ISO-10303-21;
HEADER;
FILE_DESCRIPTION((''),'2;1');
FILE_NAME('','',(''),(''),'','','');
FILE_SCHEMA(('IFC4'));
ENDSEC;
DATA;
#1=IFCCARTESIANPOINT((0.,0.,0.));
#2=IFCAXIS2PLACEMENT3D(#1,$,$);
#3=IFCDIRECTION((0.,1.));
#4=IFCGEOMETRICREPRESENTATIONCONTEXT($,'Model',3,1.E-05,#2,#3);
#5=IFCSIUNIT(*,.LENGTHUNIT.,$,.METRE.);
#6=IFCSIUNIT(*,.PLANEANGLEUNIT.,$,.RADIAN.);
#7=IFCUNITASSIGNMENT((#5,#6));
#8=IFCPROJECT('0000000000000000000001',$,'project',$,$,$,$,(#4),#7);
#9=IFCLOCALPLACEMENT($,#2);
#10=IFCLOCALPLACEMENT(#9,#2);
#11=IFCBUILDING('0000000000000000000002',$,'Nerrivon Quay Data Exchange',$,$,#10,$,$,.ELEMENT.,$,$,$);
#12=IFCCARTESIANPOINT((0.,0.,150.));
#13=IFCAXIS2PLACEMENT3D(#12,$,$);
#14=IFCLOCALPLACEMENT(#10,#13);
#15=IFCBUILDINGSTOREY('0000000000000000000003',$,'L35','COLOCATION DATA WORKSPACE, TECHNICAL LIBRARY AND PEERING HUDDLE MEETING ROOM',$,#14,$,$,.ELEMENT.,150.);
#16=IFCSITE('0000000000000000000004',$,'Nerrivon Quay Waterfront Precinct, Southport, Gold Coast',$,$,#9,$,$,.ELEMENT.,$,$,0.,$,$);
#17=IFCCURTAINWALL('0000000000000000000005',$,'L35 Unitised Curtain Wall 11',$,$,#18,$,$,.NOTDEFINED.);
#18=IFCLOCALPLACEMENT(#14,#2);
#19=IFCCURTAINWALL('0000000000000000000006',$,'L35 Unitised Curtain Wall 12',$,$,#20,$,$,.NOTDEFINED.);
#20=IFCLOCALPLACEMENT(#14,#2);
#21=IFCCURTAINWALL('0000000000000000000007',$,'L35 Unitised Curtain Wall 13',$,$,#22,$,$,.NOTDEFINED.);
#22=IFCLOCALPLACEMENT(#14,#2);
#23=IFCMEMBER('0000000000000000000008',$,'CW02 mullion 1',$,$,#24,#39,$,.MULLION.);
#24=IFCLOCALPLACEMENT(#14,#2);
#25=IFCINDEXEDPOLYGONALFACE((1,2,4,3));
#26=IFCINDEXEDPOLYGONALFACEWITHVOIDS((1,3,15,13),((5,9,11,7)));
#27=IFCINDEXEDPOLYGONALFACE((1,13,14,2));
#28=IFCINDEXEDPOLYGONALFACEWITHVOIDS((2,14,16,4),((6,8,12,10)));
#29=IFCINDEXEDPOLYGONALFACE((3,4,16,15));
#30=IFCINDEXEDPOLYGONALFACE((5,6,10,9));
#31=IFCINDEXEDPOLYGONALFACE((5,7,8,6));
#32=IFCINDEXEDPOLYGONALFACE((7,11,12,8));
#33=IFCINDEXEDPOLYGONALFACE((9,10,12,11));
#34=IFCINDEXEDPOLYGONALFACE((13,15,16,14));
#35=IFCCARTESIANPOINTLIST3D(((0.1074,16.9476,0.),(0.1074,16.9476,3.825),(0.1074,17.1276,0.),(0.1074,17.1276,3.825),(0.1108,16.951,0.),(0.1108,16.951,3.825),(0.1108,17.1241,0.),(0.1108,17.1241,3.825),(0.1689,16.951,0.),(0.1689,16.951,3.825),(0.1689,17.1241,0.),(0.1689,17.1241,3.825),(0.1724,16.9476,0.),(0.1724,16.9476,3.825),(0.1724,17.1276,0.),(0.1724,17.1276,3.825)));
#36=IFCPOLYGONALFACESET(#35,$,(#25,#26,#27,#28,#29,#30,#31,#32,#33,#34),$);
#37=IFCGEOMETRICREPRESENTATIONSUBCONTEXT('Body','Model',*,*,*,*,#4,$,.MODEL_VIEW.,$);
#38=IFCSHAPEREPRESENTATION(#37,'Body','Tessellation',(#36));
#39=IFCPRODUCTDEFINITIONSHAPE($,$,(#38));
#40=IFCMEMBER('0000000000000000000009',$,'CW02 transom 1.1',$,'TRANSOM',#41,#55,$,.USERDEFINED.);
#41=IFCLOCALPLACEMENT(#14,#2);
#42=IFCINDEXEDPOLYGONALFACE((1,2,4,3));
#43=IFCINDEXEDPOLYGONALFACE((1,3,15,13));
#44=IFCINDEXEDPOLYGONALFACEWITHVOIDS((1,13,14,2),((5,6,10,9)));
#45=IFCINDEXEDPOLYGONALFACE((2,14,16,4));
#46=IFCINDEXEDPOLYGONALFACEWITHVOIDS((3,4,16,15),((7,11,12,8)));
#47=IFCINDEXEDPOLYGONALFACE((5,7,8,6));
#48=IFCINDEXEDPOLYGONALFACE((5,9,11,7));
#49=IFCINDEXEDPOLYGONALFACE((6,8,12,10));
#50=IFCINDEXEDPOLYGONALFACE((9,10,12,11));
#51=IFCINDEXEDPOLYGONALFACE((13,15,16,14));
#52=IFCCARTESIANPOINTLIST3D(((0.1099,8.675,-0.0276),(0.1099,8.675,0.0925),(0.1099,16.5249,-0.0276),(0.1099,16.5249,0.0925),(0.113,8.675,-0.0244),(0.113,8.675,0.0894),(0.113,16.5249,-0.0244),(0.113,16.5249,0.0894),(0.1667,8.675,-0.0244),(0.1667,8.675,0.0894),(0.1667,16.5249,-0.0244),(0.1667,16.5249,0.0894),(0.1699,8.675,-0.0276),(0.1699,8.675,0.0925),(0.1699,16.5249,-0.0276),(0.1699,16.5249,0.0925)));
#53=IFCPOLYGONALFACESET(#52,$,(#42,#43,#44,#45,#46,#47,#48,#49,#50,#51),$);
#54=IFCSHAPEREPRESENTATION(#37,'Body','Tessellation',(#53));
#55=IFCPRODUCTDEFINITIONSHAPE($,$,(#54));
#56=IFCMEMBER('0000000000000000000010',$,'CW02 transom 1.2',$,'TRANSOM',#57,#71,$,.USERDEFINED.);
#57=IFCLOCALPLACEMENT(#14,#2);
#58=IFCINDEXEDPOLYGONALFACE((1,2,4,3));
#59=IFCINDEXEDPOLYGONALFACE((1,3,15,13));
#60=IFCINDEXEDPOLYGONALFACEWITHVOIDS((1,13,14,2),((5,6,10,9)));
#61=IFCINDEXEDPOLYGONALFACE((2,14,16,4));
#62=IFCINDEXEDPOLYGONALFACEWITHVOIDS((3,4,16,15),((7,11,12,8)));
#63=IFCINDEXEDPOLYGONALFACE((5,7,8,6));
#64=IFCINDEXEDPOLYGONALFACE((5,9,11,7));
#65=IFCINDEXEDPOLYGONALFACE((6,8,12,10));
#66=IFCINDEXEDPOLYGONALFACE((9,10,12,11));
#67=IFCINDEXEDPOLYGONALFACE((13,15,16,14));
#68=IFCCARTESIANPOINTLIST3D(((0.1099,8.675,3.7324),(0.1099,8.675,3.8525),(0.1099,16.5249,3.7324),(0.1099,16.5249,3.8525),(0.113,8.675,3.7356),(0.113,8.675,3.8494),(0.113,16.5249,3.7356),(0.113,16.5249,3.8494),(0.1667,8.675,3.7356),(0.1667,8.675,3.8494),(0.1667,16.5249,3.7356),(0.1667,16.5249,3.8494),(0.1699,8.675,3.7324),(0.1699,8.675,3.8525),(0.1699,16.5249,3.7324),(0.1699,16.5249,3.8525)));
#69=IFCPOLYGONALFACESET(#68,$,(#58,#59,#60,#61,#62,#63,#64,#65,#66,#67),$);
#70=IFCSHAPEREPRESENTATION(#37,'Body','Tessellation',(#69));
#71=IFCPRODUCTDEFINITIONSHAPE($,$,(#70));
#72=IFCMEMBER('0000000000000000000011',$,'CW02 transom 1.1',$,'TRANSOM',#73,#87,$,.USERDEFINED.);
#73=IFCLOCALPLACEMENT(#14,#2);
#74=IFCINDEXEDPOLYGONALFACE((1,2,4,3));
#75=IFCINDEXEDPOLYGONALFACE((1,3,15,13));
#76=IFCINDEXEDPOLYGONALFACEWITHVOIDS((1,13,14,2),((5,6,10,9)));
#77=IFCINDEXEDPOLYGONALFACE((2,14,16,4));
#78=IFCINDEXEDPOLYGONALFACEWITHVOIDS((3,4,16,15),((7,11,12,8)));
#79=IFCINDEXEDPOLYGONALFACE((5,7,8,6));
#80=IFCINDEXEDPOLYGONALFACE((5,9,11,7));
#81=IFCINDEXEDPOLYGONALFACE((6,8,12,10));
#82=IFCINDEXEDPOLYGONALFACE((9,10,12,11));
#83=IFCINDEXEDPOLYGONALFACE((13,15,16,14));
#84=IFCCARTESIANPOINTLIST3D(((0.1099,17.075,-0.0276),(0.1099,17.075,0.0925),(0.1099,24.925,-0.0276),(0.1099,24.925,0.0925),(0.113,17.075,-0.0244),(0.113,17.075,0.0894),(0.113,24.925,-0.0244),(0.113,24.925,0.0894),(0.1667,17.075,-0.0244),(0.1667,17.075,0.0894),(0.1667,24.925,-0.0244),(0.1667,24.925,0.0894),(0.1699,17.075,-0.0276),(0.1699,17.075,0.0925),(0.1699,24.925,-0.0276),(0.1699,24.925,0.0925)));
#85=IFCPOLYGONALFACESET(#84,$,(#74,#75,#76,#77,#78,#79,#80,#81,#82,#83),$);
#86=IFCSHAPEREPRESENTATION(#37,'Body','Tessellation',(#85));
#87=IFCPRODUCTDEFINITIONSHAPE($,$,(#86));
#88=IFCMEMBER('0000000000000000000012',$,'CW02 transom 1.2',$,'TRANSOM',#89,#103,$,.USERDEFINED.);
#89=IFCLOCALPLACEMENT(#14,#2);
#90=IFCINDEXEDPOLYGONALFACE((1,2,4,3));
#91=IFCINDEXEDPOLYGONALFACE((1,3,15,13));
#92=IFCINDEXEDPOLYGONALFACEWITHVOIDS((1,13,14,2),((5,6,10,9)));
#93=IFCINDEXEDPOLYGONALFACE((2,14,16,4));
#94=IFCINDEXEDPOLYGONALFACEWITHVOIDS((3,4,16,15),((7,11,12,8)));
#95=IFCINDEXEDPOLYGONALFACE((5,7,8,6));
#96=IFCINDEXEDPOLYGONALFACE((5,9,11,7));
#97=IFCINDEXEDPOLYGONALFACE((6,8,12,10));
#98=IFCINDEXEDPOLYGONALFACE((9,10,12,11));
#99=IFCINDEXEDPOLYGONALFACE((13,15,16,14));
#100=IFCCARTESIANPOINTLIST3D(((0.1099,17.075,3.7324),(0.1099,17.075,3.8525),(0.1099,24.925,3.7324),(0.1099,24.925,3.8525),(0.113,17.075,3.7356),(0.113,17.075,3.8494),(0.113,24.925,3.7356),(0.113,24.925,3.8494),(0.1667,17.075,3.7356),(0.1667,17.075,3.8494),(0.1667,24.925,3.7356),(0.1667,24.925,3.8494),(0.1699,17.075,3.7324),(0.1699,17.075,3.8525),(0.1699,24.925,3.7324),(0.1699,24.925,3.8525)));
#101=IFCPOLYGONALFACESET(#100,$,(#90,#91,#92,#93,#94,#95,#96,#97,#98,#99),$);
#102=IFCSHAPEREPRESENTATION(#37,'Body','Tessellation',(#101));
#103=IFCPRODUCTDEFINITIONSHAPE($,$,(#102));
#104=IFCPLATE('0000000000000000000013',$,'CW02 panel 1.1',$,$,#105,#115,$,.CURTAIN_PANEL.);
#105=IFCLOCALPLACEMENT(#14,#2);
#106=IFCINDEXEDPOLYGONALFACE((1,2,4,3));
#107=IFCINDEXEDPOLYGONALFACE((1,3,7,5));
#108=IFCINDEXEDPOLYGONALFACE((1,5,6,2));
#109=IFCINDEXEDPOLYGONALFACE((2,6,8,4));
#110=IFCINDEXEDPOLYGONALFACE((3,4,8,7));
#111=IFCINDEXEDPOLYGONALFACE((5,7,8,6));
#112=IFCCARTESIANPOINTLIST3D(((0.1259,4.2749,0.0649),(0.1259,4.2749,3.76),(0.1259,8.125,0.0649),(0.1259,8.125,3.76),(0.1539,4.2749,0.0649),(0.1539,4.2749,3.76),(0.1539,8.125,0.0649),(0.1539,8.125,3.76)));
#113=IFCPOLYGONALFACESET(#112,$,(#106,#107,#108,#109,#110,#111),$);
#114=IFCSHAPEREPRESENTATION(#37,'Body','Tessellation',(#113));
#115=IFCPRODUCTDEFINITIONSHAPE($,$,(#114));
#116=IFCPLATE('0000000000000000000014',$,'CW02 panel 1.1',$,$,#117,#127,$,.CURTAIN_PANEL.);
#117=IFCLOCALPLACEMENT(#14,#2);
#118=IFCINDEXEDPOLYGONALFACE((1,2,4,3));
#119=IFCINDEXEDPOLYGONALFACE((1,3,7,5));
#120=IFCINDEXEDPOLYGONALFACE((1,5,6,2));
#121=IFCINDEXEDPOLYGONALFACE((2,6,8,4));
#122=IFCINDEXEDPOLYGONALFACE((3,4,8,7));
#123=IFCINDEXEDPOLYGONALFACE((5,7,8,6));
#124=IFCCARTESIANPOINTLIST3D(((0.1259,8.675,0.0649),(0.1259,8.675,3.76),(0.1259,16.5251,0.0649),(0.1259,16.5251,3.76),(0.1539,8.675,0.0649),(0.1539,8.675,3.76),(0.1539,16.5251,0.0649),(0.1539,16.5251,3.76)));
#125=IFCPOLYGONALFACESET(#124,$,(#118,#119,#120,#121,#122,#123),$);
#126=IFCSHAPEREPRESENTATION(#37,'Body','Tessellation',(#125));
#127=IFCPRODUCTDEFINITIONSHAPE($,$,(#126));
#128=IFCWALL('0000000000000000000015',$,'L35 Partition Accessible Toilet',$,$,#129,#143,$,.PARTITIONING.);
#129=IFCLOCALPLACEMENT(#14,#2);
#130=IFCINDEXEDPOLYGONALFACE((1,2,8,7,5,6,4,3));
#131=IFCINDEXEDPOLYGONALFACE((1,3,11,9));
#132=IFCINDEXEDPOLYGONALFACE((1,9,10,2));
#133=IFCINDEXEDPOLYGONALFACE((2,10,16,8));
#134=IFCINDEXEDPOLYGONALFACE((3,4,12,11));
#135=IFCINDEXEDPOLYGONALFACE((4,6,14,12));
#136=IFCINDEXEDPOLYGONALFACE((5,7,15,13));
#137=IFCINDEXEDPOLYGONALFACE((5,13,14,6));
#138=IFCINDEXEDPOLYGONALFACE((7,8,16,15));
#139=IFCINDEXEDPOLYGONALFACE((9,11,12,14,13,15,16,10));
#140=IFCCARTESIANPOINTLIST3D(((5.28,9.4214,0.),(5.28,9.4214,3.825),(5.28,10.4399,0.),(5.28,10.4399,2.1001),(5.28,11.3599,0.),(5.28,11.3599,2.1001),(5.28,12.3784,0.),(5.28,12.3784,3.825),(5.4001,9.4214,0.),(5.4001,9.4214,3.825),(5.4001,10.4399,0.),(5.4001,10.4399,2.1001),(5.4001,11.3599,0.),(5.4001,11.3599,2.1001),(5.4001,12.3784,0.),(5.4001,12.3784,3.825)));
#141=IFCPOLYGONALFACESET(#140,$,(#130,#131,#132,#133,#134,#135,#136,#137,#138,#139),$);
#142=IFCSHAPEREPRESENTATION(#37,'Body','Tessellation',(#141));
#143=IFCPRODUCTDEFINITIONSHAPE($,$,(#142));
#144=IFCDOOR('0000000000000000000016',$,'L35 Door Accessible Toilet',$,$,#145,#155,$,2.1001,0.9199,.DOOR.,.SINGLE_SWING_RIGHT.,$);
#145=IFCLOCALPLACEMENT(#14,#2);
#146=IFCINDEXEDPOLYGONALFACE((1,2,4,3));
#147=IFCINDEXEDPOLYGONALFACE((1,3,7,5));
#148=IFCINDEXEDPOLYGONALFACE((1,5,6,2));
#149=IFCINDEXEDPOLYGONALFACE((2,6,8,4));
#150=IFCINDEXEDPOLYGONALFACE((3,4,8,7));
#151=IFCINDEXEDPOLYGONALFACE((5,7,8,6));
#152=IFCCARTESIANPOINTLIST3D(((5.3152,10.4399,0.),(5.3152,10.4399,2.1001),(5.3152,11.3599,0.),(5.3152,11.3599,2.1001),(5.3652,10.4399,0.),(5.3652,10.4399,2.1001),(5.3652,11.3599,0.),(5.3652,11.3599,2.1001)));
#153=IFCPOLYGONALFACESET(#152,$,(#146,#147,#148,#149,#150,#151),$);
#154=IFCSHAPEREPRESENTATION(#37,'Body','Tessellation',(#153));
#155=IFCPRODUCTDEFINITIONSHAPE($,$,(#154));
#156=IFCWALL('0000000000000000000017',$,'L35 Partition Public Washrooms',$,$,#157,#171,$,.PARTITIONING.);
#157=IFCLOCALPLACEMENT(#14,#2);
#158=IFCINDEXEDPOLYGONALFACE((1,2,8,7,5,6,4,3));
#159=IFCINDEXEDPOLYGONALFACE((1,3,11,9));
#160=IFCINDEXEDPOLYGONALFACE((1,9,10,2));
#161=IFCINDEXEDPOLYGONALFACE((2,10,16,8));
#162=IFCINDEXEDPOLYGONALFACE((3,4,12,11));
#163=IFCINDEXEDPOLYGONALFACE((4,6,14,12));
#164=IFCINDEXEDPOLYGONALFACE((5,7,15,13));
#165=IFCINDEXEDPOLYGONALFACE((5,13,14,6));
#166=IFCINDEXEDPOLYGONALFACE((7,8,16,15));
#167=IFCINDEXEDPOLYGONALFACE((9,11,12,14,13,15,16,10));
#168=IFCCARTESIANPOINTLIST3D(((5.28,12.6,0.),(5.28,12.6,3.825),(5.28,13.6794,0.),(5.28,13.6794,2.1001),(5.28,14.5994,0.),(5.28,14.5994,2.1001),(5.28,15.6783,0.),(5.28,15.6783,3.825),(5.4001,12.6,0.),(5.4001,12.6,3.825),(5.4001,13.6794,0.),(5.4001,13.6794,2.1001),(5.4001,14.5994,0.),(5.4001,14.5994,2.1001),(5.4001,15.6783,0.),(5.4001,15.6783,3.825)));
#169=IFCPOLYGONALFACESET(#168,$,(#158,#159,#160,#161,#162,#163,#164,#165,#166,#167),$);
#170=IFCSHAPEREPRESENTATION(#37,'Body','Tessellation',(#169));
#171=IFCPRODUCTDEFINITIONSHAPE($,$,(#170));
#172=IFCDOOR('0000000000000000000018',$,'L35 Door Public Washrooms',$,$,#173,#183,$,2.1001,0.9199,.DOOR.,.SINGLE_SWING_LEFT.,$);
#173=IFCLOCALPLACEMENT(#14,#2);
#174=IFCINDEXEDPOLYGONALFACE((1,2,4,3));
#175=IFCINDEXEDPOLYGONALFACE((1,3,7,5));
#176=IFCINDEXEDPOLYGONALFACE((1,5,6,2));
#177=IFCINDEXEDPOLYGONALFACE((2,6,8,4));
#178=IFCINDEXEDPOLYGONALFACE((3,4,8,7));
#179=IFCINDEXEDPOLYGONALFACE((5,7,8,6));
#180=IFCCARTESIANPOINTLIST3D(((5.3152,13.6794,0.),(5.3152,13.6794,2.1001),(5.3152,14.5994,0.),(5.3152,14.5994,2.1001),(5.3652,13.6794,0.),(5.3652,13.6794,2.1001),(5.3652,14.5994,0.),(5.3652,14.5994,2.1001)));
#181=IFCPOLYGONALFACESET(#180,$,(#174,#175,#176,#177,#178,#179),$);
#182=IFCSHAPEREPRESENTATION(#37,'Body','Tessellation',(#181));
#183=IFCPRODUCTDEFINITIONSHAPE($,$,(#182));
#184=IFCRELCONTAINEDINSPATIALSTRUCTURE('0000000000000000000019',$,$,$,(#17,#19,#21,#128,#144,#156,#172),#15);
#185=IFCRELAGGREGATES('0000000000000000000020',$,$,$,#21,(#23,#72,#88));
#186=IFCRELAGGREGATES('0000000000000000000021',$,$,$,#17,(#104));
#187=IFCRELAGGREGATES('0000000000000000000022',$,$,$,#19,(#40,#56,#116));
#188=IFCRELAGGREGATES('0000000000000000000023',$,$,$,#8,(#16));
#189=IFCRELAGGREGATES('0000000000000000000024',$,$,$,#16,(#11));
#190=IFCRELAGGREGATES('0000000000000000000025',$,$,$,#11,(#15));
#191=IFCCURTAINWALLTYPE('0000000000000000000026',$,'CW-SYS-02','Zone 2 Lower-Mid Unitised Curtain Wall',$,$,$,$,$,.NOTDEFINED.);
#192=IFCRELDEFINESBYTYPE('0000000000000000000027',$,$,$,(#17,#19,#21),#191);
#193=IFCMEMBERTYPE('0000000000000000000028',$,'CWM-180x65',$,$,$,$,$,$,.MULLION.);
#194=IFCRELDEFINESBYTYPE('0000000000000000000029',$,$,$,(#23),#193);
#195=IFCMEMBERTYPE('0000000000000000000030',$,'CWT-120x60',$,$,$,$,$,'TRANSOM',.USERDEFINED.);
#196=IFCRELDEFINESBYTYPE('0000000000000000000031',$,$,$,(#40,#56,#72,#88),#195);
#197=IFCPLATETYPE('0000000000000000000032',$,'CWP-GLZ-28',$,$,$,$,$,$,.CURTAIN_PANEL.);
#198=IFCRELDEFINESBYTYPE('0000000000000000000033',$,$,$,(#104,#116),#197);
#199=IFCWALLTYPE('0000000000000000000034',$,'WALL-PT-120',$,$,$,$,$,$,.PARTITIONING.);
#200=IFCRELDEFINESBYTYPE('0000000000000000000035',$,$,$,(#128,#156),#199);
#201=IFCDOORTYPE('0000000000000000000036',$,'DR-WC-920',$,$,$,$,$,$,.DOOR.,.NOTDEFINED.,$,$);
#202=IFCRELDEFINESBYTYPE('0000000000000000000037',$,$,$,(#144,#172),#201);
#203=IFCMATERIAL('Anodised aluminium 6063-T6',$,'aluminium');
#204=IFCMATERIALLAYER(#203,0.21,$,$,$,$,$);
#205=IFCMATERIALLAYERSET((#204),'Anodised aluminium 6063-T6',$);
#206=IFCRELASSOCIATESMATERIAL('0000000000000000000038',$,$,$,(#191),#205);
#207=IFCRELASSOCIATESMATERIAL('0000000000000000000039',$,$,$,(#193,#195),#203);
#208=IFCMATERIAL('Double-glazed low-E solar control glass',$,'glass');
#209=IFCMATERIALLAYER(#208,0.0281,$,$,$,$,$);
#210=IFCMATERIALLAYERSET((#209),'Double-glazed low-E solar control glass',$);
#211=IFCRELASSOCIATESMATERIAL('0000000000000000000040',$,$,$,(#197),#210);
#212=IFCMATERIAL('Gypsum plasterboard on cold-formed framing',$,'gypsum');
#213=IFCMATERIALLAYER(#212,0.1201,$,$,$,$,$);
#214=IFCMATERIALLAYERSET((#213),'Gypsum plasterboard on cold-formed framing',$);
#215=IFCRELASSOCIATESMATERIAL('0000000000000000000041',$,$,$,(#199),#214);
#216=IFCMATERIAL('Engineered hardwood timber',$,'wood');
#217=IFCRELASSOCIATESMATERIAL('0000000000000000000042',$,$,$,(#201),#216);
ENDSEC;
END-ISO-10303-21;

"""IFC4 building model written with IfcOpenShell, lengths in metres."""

from ifc_helpers import new_model, si_unit, direction, frame, frame_2d, origin, origin_2d, place, context, subcontext, project, spatial, rectangle, hollow_rectangle, extrude, material, layer, layer_set, material_profile, profile_set, type_object, element, fill, aggregate, save


model = new_model("IFC4")

# Units and contexts
model_context = context("Model", 3, precision=1e-05, world=origin(), true_north=direction((0.0, 1.0)))
body_context = subcontext(model_context, "Body", "Model", "MODEL_VIEW")
ifc_project = project(units=[si_unit("LENGTHUNIT", "METRE"), si_unit("PLANEANGLEUNIT", "RADIAN")], contexts=[model_context])

# Site, building, storey
site_placement = place(None, origin())
site = spatial("IfcSite", under=ifc_project, at=site_placement, Name="Nerrivon Quay Waterfront Precinct, Southport, Gold Coast", CompositionType="ELEMENT", RefElevation=0.0)
building_placement = place(site_placement, origin())
building = spatial("IfcBuilding", under=site, at=building_placement, Name="Nerrivon Quay Data Exchange", CompositionType="ELEMENT")
storey_placement = place(building_placement, frame((0.0, 0.0, 150.0)))
storey = spatial("IfcBuildingStorey", under=building, at=storey_placement, Name="L35", Description="COLOCATION DATA WORKSPACE, TECHNICAL LIBRARY AND PEERING HUDDLE MEETING ROOM", CompositionType="ELEMENT", Elevation=150.0)

# Curtain wall
ifc_material_1 = material(Name="Anodised aluminium 6063-T6", Category="aluminium")
ifc_layer_1 = layer(ifc_material_1, 0.21)
ifc_layer_set_1 = layer_set([ifc_layer_1], Name="Anodised aluminium 6063-T6")
curtain_wall_type = type_object("IfcCurtainWallType", Name="CW-SYS-02", Description="Zone 2 Lower-Mid Unitised Curtain Wall", PredefinedType="NOTDEFINED", material=ifc_layer_set_1)
curtain_wall_1_placement = place(storey_placement, origin())
curtain_wall_1 = element("IfcCurtainWall", 1, at=curtain_wall_1_placement, inside=storey, type_object=curtain_wall_type, Name="L35 Unitised Curtain Wall 11", PredefinedType="NOTDEFINED")
ifc_material_profile_1 = material_profile(ifc_material_1, hollow_rectangle(XDim=0.0649, YDim=0.1799, WallThickness=0.0034, at=origin_2d()), Name="ALU-MULL-180x65")
ifc_profile_set_1 = profile_set([ifc_material_profile_1], Name="Anodised aluminium 6063-T6")
member_type_1 = type_object("IfcMemberType", Name="CWM-180x65", PredefinedType="MULLION", material=ifc_profile_set_1)

# Curtain wall
curtain_wall_2_placement = place(storey_placement, origin())
curtain_wall_2 = element("IfcCurtainWall", 2, at=curtain_wall_2_placement, inside=storey, type_object=curtain_wall_type, Name="L35 Unitised Curtain Wall 12", PredefinedType="NOTDEFINED")

# Curtain wall, member
curtain_wall_3_placement = place(storey_placement, origin())
curtain_wall_3 = element("IfcCurtainWall", 3, at=curtain_wall_3_placement, inside=storey, type_object=curtain_wall_type, Name="L35 Unitised Curtain Wall 13", PredefinedType="NOTDEFINED")
member_1_placement = place(storey_placement, frame((0.1399, 17.0376, 0.0), z_axis=(0.0, 0.0, 1.0), x_axis=(-1.0, 0.0, 0.0)))
member_1 = element("IfcMember", 4, at=member_1_placement, type_object=member_type_1, Name="CW02 mullion 1", PredefinedType="MULLION", context=body_context, shape_type="SweptSolid", body=[
    extrude(hollow_rectangle(XDim=0.0649, YDim=0.1799, WallThickness=0.0034, at=origin_2d()), origin(), (0.0, 0.0, 1.0), 3.825),
])

# Members
ifc_material_profile_2 = material_profile(ifc_material_1, hollow_rectangle(XDim=0.0601, YDim=0.1201, WallThickness=0.0032, at=origin_2d()), Name="ALU-TRAN-120x60")
ifc_profile_set_2 = profile_set([ifc_material_profile_2], Name="Anodised aluminium 6063-T6")
member_type_2 = type_object("IfcMemberType", Name="CWT-120x60", ElementType="TRANSOM", PredefinedType="USERDEFINED", material=ifc_profile_set_2)
member_2_placement = place(storey_placement, frame((0.1399, 8.675, 0.0325), z_axis=(0.0, 1.0, 0.0), x_axis=(-1.0, 0.0, 0.0)))
member_2 = element("IfcMember", 5, at=member_2_placement, type_object=member_type_2, Name="CW02 transom 1.1", ObjectType="TRANSOM", PredefinedType="USERDEFINED", context=body_context, shape_type="SweptSolid", body=[
    extrude(hollow_rectangle(XDim=0.0601, YDim=0.1201, WallThickness=0.0032, at=origin_2d()), origin(), (0.0, 0.0, 1.0), 7.8499),
])
member_3_placement = place(storey_placement, frame((0.1399, 8.675, 3.7925), z_axis=(0.0, 1.0, 0.0), x_axis=(-1.0, 0.0, 0.0)))
member_3 = element("IfcMember", 6, at=member_3_placement, type_object=member_type_2, Name="CW02 transom 1.2", ObjectType="TRANSOM", PredefinedType="USERDEFINED", context=body_context, shape_type="SweptSolid", body=[
    extrude(hollow_rectangle(XDim=0.0601, YDim=0.1201, WallThickness=0.0032, at=origin_2d()), origin(), (0.0, 0.0, 1.0), 7.8499),
])
member_4_placement = place(storey_placement, frame((0.1399, 17.075, 0.0325), z_axis=(0.0, 1.0, 0.0), x_axis=(-1.0, 0.0, 0.0)))
member_4 = element("IfcMember", 7, at=member_4_placement, type_object=member_type_2, Name="CW02 transom 1.1", ObjectType="TRANSOM", PredefinedType="USERDEFINED", context=body_context, shape_type="SweptSolid", body=[
    extrude(hollow_rectangle(XDim=0.0601, YDim=0.1201, WallThickness=0.0032, at=origin_2d()), origin(), (0.0, 0.0, 1.0), 7.8501),
])
member_5_placement = place(storey_placement, frame((0.1399, 17.075, 3.7925), z_axis=(0.0, 1.0, 0.0), x_axis=(-1.0, 0.0, 0.0)))
member_5 = element("IfcMember", 8, at=member_5_placement, type_object=member_type_2, Name="CW02 transom 1.2", ObjectType="TRANSOM", PredefinedType="USERDEFINED", context=body_context, shape_type="SweptSolid", body=[
    extrude(hollow_rectangle(XDim=0.0601, YDim=0.1201, WallThickness=0.0032, at=origin_2d()), origin(), (0.0, 0.0, 1.0), 7.8501),
])
aggregate(curtain_wall_3, [member_1, member_4, member_5])

# Plates
ifc_material_2 = material(Name="Double-glazed low-E solar control glass", Category="glass")
ifc_layer_2 = layer(ifc_material_2, 0.0281)
ifc_layer_set_2 = layer_set([ifc_layer_2], Name="Double-glazed low-E solar control glass")
plate_type = type_object("IfcPlateType", Name="CWP-GLZ-28", PredefinedType="CURTAIN_PANEL", material=ifc_layer_set_2)
plate_1_placement = place(storey_placement, frame((0.1399, 6.2, 0.0649), z_axis=(0.0, 0.0, 1.0), x_axis=(0.0, 1.0, 0.0)))
plate_1 = element("IfcPlate", 9, at=plate_1_placement, type_object=plate_type, Name="CW02 panel 1.1", PredefinedType="CURTAIN_PANEL", context=body_context, shape_type="SweptSolid", body=[
    extrude(rectangle(XDim=3.8501, YDim=0.0281, at=origin_2d()), origin(), (0.0, 0.0, 1.0), 3.6951),
])
aggregate(curtain_wall_1, [plate_1])
plate_2_placement = place(storey_placement, frame((0.1399, 12.6001, 0.0649), z_axis=(0.0, 0.0, 1.0), x_axis=(0.0, 1.0, 0.0)))
plate_2 = element("IfcPlate", 10, at=plate_2_placement, type_object=plate_type, Name="CW02 panel 1.1", PredefinedType="CURTAIN_PANEL", context=body_context, shape_type="SweptSolid", body=[
    extrude(rectangle(XDim=7.8501, YDim=0.0281, at=origin_2d()), origin(), (0.0, 0.0, 1.0), 3.6951),
])
aggregate(curtain_wall_2, [member_2, member_3, plate_2])

# Walls, openings, doors
ifc_material_3 = material(Name="Gypsum plasterboard on cold-formed framing", Category="gypsum")
ifc_layer_3 = layer(ifc_material_3, 0.1201)
ifc_layer_set_3 = layer_set([ifc_layer_3], Name="Gypsum plasterboard on cold-formed framing")
wall_type_1 = type_object("IfcWallType", Name="WALL-PT-120", PredefinedType="PARTITIONING", material=ifc_layer_set_3)
wall_1_placement = place(storey_placement, frame((5.3401, 9.4214, 0.0), z_axis=(0.0, 0.0, 1.0), x_axis=(0.0, 1.0, 0.0)))
wall_1 = element("IfcWall", 11, at=wall_1_placement, inside=storey, type_object=wall_type_1, Name="L35 Partition Accessible Toilet", PredefinedType="PARTITIONING", context=body_context, shape_type="SweptSolid", body=[
    extrude(rectangle(XDim=2.957, YDim=0.1201, at=frame_2d((1.4785, 0.0))), origin(), (0.0, 0.0, 1.0), 3.825),
])
opening_1_placement = place(wall_1_placement, frame((1.0186, 0.0, 0.0)))
opening_1 = element("IfcOpeningElement", 12, at=opening_1_placement, cuts=wall_1, PredefinedType="OPENING", context=body_context, shape_type="SweptSolid", body=[
    extrude(rectangle(XDim=0.9199, YDim=2.1001, at=frame_2d((0.46, 1.05))), frame((0.0, 0.0701, 0.0), z_axis=(0.0, -1.0, 0.0), x_axis=(1.0, 0.0, 0.0)), (0.0, 0.0, 1.0), 0.1401),
])
ifc_material_4 = material(Name="Engineered hardwood timber", Category="wood")
door_type = type_object("IfcDoorType", Name="DR-WC-920", OperationType="NOTDEFINED", PredefinedType="DOOR", material=ifc_material_4)
door_1_placement = place(opening_1_placement, origin())
door_1 = element("IfcDoor", 13, at=door_1_placement, inside=storey, type_object=door_type, Name="L35 Door Accessible Toilet", OperationType="SINGLE_SWING_RIGHT", OverallHeight=2.1001, OverallWidth=0.9199, PredefinedType="DOOR", context=body_context, shape_type="SweptSolid", body=[
    extrude(rectangle(XDim=0.9199, YDim=2.1001, at=frame_2d((0.46, 1.05))), frame((0.0, 0.0249, 0.0), z_axis=(0.0, -1.0, 0.0), x_axis=(1.0, 0.0, 0.0)), (0.0, 0.0, 1.0), 0.05),
])
fill(opening_1, door_1)
wall_2_placement = place(storey_placement, frame((5.3401, 12.6001, 0.0), z_axis=(0.0, 0.0, 1.0), x_axis=(0.0, 1.0, 0.0)))
wall_2 = element("IfcWall", 14, at=wall_2_placement, inside=storey, type_object=wall_type_1, Name="L35 Partition Public Washrooms", PredefinedType="PARTITIONING", context=body_context, shape_type="SweptSolid", body=[
    extrude(rectangle(XDim=3.0784, YDim=0.1201, at=frame_2d((1.5391, 0.0))), origin(), (0.0, 0.0, 1.0), 3.825),
])
opening_2_placement = place(wall_2_placement, frame((1.0793, 0.0, 0.0)))
opening_2 = element("IfcOpeningElement", 15, at=opening_2_placement, cuts=wall_2, PredefinedType="OPENING", context=body_context, shape_type="SweptSolid", body=[
    extrude(rectangle(XDim=0.9199, YDim=2.1001, at=frame_2d((0.46, 1.05))), frame((0.0, 0.0701, 0.0), z_axis=(0.0, -1.0, 0.0), x_axis=(1.0, 0.0, 0.0)), (0.0, 0.0, 1.0), 0.1401),
])
door_2_placement = place(opening_2_placement, origin())
door_2 = element("IfcDoor", 16, at=door_2_placement, inside=storey, type_object=door_type, Name="L35 Door Public Washrooms", OperationType="SINGLE_SWING_LEFT", OverallHeight=2.1001, OverallWidth=0.9199, PredefinedType="DOOR", context=body_context, shape_type="SweptSolid", body=[
    extrude(rectangle(XDim=0.9199, YDim=2.1001, at=frame_2d((0.46, 1.05))), frame((0.0, 0.0249, 0.0), z_axis=(0.0, -1.0, 0.0), x_axis=(1.0, 0.0, 0.0)), (0.0, 0.0, 1.0), 0.05),
])
fill(opening_2, door_2)

save(model, "model.ifc")
